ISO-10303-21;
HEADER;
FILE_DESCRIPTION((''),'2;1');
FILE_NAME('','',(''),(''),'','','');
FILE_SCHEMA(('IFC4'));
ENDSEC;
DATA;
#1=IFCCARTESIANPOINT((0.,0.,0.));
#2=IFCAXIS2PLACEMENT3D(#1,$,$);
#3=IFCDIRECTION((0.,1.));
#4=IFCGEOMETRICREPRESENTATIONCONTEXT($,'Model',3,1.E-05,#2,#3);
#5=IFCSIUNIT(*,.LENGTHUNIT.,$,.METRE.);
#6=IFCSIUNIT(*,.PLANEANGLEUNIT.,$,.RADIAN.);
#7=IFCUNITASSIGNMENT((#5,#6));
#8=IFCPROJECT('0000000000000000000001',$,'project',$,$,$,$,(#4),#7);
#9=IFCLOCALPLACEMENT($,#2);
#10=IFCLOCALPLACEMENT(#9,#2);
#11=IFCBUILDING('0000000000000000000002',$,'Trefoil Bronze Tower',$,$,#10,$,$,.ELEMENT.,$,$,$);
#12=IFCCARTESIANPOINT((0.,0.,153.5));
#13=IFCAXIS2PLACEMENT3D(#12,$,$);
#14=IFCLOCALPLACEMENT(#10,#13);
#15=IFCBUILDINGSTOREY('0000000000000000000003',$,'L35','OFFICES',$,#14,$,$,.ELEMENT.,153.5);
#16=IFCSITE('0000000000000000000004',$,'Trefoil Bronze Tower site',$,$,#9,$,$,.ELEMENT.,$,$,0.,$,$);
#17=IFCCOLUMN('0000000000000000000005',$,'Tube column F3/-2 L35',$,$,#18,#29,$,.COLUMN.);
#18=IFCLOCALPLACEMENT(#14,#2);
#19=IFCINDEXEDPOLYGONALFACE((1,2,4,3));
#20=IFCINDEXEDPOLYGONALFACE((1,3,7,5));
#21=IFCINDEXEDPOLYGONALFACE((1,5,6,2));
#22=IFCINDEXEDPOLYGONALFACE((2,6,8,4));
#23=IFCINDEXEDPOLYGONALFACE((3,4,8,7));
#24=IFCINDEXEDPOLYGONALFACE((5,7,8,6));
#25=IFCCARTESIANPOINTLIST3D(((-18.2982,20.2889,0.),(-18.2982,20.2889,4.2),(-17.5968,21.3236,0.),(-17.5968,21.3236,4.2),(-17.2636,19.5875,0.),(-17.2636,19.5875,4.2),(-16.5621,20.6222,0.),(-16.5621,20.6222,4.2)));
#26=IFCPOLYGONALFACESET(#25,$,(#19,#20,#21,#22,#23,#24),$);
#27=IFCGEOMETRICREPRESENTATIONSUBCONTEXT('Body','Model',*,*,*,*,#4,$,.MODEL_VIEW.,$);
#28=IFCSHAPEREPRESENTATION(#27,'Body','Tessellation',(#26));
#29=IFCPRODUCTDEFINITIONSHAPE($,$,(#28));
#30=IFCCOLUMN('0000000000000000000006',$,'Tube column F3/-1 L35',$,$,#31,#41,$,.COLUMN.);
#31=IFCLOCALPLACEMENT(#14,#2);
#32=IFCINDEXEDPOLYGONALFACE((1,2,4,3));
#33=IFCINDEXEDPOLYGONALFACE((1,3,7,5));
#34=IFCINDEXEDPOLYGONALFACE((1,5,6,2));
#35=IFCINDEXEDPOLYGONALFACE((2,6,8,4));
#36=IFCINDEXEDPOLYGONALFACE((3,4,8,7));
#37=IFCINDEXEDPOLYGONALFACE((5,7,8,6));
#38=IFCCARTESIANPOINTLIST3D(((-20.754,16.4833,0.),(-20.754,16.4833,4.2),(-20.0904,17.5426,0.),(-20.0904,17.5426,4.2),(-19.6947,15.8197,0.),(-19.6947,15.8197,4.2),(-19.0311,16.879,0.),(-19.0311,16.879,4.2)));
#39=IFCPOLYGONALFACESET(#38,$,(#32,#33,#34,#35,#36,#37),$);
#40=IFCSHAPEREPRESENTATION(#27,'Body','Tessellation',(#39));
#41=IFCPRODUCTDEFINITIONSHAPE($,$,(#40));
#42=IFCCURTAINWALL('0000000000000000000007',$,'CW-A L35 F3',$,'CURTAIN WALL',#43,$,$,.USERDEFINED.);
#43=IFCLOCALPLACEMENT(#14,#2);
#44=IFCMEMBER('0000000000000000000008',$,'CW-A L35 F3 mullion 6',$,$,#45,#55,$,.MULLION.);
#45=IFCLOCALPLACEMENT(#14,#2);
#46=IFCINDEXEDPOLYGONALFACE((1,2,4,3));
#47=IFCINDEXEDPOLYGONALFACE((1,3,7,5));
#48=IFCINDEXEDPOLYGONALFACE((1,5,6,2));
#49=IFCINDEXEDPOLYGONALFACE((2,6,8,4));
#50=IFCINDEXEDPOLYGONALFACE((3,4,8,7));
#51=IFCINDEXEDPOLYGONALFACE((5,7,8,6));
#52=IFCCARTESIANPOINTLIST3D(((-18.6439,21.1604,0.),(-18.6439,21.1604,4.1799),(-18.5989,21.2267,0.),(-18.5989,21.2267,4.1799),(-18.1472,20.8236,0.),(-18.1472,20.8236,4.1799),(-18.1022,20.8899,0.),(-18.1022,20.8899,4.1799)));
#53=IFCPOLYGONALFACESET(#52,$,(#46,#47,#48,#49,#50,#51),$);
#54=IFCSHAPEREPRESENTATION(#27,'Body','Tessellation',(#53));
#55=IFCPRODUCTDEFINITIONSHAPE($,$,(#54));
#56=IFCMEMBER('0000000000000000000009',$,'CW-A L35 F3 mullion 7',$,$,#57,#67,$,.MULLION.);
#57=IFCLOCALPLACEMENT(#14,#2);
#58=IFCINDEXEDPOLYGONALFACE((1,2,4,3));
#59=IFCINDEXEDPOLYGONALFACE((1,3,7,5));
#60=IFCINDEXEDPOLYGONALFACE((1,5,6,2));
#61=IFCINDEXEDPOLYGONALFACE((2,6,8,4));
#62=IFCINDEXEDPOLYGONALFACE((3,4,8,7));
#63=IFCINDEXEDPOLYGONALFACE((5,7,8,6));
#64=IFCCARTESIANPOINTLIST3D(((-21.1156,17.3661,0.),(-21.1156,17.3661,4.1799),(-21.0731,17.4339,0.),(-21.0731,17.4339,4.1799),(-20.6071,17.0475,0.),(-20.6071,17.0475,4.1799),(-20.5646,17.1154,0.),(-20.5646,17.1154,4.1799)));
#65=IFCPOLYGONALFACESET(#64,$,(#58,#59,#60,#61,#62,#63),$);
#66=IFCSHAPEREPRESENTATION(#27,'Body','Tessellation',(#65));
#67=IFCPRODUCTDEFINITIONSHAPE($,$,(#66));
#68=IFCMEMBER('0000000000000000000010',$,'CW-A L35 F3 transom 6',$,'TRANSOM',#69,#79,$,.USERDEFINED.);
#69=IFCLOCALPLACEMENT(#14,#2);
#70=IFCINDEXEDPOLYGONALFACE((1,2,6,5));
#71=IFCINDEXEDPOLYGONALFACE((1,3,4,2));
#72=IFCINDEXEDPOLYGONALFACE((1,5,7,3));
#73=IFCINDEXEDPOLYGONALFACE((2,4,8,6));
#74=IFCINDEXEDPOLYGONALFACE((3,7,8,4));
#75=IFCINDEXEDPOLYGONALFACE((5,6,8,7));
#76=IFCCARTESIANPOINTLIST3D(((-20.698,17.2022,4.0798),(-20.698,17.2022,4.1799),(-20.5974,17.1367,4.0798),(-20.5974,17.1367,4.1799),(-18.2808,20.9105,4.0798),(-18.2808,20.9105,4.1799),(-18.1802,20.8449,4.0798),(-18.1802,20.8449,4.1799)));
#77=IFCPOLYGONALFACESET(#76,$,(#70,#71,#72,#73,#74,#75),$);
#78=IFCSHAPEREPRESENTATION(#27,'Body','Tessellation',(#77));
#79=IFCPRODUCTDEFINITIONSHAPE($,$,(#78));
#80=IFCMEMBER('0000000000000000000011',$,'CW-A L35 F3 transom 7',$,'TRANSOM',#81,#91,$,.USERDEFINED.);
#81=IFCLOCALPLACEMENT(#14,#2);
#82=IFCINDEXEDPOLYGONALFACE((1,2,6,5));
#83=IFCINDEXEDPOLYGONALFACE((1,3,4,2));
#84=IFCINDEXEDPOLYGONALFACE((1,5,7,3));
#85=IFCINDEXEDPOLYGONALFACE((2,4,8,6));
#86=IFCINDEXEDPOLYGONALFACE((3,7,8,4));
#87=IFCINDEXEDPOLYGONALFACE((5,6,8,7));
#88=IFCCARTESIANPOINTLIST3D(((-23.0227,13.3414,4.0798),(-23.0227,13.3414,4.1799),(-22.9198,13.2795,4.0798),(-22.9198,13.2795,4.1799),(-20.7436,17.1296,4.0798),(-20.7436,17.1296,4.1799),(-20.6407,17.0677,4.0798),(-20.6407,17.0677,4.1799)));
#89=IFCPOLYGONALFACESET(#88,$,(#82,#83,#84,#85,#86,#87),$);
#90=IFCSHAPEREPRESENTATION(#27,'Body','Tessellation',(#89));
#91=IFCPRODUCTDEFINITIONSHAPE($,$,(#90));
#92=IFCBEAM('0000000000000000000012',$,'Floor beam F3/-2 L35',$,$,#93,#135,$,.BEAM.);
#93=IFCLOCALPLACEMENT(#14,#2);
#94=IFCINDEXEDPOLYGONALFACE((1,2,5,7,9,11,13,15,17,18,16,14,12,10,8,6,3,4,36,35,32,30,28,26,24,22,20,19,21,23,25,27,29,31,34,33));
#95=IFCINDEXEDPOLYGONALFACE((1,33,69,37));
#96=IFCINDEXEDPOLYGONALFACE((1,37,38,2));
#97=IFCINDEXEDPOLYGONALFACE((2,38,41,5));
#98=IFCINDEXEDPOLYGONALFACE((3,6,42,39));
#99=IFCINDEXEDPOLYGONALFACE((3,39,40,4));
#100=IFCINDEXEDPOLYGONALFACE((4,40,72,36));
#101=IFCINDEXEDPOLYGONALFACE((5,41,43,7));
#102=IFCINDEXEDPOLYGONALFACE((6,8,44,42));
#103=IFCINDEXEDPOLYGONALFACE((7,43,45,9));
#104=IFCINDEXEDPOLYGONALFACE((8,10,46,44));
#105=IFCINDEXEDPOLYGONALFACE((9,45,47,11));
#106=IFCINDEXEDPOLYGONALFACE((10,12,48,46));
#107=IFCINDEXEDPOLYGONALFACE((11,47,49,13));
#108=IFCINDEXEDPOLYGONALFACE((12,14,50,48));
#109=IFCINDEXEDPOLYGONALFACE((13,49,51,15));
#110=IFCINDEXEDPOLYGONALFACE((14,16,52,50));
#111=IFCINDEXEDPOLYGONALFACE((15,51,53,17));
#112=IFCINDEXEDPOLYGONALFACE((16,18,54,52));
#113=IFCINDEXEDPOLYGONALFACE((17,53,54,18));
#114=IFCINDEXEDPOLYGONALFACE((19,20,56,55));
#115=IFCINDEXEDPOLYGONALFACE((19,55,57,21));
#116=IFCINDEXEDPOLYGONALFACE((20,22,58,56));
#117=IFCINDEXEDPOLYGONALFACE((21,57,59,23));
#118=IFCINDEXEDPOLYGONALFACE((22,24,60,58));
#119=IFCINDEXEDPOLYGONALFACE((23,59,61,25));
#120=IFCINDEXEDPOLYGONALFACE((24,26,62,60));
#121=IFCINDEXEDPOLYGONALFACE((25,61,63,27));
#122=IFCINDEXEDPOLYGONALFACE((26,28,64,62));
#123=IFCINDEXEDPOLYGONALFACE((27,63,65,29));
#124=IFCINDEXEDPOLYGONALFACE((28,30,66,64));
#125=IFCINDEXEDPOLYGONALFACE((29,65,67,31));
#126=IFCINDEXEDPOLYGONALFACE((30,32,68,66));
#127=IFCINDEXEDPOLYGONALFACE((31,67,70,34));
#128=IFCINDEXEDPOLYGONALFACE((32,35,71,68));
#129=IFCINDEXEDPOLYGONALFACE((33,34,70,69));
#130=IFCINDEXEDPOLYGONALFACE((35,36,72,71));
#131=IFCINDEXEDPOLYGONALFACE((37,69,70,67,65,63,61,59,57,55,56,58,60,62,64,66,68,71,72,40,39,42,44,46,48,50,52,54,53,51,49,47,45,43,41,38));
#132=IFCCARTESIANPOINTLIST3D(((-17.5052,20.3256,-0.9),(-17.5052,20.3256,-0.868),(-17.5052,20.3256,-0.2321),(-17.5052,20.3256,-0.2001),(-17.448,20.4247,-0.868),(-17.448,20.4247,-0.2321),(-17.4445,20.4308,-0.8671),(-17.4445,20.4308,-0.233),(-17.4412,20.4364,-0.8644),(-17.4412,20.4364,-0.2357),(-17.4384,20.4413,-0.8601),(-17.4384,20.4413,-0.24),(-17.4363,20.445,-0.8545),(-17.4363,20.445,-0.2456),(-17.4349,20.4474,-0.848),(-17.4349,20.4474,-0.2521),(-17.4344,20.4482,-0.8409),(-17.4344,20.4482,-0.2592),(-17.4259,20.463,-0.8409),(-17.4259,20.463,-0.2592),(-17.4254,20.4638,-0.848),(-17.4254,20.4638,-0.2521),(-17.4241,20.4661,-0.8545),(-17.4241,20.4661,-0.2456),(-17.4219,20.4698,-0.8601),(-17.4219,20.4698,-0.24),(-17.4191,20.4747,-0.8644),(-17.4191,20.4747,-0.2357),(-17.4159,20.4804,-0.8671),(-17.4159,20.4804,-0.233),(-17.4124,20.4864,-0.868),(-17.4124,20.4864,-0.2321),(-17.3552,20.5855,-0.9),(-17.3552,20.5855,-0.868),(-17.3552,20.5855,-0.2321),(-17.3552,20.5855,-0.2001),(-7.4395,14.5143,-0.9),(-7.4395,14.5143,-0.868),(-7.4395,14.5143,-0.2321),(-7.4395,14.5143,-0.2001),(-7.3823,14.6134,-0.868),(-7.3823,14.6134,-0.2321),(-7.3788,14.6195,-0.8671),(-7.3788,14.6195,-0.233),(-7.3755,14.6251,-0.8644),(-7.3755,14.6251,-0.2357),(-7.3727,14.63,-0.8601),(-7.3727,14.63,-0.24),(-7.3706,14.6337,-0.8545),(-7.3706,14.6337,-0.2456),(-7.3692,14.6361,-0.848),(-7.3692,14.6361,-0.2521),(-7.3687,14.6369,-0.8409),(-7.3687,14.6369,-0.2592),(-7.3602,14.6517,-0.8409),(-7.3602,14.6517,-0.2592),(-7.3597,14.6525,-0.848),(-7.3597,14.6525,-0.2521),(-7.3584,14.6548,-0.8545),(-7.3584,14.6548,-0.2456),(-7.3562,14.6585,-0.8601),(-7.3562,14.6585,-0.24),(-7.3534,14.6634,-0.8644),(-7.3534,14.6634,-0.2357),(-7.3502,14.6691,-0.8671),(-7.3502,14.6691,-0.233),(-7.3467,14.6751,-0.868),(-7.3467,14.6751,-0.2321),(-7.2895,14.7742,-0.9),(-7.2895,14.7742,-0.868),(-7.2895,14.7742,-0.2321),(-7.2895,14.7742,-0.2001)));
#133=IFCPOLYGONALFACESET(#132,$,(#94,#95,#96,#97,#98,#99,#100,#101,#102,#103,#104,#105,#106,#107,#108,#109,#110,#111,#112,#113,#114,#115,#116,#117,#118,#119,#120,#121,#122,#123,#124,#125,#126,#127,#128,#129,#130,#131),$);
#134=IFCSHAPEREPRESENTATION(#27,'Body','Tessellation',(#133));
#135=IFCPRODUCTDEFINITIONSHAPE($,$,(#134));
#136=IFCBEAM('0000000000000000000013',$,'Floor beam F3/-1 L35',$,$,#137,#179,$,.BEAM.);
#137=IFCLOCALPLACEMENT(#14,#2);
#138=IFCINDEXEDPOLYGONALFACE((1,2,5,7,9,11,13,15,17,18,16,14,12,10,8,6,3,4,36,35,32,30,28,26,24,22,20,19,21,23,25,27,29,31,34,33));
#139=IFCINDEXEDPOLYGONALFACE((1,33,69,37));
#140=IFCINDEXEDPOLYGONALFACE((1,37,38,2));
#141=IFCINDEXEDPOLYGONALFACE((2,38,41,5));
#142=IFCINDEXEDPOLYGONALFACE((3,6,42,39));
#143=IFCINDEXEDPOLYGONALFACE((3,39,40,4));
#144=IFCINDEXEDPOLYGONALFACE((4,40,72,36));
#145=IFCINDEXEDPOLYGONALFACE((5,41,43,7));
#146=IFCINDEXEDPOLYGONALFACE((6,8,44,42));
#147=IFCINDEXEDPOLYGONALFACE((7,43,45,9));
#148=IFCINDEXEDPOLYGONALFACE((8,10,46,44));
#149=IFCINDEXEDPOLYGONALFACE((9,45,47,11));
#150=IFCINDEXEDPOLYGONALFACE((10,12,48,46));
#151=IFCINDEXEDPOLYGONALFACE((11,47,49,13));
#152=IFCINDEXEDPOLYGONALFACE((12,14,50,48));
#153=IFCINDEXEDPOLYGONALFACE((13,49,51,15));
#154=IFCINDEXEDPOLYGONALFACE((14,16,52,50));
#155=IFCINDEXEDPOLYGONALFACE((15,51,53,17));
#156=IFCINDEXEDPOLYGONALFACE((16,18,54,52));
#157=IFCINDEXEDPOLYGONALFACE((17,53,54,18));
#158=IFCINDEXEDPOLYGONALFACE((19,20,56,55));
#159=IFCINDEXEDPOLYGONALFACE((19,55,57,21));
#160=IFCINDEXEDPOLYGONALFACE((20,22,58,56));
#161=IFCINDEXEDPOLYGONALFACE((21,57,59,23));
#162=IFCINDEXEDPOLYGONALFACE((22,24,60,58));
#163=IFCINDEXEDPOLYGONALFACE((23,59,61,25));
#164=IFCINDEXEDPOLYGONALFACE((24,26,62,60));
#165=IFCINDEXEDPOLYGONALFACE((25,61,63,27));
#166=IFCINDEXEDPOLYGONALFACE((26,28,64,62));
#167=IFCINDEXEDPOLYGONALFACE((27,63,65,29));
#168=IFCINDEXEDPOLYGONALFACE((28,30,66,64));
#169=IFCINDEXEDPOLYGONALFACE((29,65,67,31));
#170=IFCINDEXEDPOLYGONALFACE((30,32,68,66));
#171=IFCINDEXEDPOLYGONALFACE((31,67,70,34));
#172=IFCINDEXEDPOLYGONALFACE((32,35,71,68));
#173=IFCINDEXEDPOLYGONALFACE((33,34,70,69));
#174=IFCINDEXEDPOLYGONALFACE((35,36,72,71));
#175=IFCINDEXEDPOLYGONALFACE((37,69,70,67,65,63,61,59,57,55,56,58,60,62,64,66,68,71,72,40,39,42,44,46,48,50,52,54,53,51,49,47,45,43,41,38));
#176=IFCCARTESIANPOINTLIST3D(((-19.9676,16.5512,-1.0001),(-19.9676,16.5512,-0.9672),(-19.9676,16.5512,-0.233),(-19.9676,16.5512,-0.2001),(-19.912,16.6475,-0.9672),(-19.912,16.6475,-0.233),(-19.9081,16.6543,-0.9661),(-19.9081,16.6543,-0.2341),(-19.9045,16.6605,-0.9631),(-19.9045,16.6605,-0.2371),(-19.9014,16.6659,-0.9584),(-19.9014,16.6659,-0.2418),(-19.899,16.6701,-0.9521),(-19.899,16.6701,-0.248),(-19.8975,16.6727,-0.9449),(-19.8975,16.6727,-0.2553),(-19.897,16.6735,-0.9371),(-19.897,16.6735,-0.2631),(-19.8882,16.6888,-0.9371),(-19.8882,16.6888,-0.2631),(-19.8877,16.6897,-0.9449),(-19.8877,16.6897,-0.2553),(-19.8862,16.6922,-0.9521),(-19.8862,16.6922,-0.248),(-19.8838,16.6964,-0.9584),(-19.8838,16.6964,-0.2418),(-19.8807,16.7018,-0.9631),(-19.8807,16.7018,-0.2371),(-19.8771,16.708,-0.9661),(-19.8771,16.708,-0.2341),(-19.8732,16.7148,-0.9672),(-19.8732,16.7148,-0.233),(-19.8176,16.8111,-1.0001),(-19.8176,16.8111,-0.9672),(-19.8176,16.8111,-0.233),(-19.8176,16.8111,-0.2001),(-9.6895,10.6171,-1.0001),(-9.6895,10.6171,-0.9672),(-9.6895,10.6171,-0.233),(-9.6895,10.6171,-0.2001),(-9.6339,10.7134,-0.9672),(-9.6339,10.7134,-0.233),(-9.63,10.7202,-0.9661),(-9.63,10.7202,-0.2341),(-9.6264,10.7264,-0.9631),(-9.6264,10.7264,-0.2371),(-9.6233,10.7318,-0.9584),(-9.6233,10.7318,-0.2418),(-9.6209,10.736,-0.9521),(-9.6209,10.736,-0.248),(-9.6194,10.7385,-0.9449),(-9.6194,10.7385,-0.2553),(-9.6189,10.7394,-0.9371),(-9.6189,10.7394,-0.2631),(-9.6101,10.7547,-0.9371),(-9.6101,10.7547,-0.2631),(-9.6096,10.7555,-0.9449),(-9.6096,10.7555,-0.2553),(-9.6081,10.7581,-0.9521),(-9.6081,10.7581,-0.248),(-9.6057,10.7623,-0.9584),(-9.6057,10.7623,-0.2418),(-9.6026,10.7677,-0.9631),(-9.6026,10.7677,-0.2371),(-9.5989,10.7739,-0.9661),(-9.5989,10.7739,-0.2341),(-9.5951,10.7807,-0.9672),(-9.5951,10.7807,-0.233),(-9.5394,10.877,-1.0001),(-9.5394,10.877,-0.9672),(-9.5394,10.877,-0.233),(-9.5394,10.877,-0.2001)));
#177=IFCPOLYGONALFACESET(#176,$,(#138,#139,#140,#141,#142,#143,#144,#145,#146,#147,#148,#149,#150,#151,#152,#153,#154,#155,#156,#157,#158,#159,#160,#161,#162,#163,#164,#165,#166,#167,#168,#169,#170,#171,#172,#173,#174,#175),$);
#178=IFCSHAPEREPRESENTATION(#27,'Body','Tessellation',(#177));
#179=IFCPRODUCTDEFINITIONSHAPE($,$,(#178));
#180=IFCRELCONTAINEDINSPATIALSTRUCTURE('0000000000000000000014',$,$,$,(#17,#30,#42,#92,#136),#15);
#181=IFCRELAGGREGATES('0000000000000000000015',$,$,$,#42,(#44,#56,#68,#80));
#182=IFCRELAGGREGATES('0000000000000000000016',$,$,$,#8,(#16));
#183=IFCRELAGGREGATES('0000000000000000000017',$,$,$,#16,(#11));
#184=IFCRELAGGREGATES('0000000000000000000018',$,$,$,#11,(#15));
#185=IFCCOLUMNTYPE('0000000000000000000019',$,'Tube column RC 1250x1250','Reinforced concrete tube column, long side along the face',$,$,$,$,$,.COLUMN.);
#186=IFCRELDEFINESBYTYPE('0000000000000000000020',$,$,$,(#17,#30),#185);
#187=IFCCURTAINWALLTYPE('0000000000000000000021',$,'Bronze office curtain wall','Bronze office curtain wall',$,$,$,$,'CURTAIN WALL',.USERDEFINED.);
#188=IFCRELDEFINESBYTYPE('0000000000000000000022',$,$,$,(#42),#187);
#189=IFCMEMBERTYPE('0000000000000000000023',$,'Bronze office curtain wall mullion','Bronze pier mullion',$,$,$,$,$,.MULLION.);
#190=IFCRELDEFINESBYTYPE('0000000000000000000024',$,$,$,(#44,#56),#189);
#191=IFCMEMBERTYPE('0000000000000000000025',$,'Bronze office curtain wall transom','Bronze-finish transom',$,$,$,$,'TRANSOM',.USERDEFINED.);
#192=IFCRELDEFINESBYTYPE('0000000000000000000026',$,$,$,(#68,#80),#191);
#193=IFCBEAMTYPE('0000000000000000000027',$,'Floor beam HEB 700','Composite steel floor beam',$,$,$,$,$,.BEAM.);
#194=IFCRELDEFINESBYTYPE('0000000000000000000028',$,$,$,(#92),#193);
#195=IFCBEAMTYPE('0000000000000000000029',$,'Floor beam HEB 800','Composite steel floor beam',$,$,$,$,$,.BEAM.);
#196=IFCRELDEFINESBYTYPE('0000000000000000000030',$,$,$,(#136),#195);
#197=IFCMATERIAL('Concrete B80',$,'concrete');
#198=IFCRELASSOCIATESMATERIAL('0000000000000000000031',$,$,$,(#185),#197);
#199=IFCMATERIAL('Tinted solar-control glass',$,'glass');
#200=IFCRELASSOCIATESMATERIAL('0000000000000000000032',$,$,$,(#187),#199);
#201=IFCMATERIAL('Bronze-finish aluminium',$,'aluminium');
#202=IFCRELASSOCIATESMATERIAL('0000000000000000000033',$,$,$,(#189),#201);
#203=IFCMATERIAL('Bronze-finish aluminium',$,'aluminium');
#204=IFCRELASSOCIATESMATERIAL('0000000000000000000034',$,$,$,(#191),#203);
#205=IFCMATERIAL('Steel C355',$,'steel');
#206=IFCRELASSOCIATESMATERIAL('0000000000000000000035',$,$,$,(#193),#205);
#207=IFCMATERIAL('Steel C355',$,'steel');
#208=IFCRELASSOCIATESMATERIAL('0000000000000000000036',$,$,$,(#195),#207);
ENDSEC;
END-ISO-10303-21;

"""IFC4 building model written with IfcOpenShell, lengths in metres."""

from ifc_helpers import new_model, si_unit, direction, frame, origin, origin_2d, place, context, subcontext, project, spatial, rectangle, i_section, extrude, material, material_profile, profile_set, type_object, element, aggregate, save


model = new_model("IFC4")

# Units and contexts
model_context = context("Model", 3, precision=1e-05, world=origin(), true_north=direction((0.0, 1.0)))
body_context = subcontext(model_context, "Body", "Model", "MODEL_VIEW")
ifc_project = project(units=[si_unit("LENGTHUNIT", "METRE"), si_unit("PLANEANGLEUNIT", "RADIAN")], contexts=[model_context])

# Site, building, storey
site_placement = place(None, origin())
site = spatial("IfcSite", under=ifc_project, at=site_placement, Name="Trefoil Bronze Tower site", CompositionType="ELEMENT", RefElevation=0.0)
building_placement = place(site_placement, origin())
building = spatial("IfcBuilding", under=site, at=building_placement, Name="Trefoil Bronze Tower", CompositionType="ELEMENT")
storey_placement = place(building_placement, frame((0.0, 0.0, 153.5)))
storey = spatial("IfcBuildingStorey", under=building, at=storey_placement, Name="L35", Description="OFFICES", CompositionType="ELEMENT", Elevation=153.5)

# Columns
ifc_material_1 = material(Name="Concrete B80", Category="concrete")
ifc_material_profile_1 = material_profile(ifc_material_1, rectangle(XDim=1.25, YDim=1.25, at=origin_2d()), Name="RC 1250x1250")
ifc_profile_set_1 = profile_set([ifc_material_profile_1], Name="Concrete B80")
column_type = type_object("IfcColumnType", Name="Tube column RC 1250x1250", Description="Reinforced concrete tube column, long side along the face", PredefinedType="COLUMN", material=ifc_profile_set_1)
for number, where, z_axis, x_axis, name in (
    (1, (-17.4302, 20.4556, 0.0), (0.0, 0.0, 1.0), (-0.561136, -0.827724, 0.0), "Tube column F3/-2 L35"),
    (2, (-19.8926, 16.6812, 0.0), (0.0, 0.0, 1.0), (-0.530893, -0.847439, 0.0), "Tube column F3/-1 L35"),
):
    element("IfcColumn", number, at=place(storey_placement, frame(where, z_axis=z_axis, x_axis=x_axis)), inside=storey, type_object=column_type, Name=name, PredefinedType="COLUMN", context=body_context, shape_type="SweptSolid", body=[
        extrude(rectangle(XDim=1.25, YDim=1.25, at=origin_2d()), origin(), (0.0, 0.0, 1.0), 4.2),
    ])

# Curtain wall, members
ifc_material_2 = material(Name="Tinted solar-control glass", Category="glass")
curtain_wall_type = type_object("IfcCurtainWallType", Name="Bronze office curtain wall", Description="Bronze office curtain wall", ElementType="CURTAIN WALL", PredefinedType="USERDEFINED", material=ifc_material_2)
curtain_wall_placement = place(storey_placement, origin())
curtain_wall = element("IfcCurtainWall", 3, at=curtain_wall_placement, inside=storey, type_object=curtain_wall_type, Name="CW-A L35 F3", ObjectType="CURTAIN WALL", PredefinedType="USERDEFINED")
ifc_material_3 = material(Name="Bronze-finish aluminium", Category="aluminium")
ifc_material_profile_2 = material_profile(ifc_material_3, rectangle(XDim=0.6001, YDim=0.0801, at=origin_2d()), Name="CW-A mullion")
ifc_profile_set_2 = profile_set([ifc_material_profile_2], Name="Bronze-finish aluminium")
member_type_1 = type_object("IfcMemberType", Name="Bronze office curtain wall mullion", Description="Bronze pier mullion", PredefinedType="MULLION", material=ifc_profile_set_2)
member_1_placement = place(storey_placement, frame((-18.373, 21.0251, 0.0), z_axis=(0.0, 0.0, 1.0), x_axis=(0.827724, -0.561136, 0.0)))
member_1 = element("IfcMember", 4, at=member_1_placement, type_object=member_type_1, Name="CW-A L35 F3 mullion 6", PredefinedType="MULLION", context=body_context, shape_type="SweptSolid", body=[
    extrude(rectangle(XDim=0.6001, YDim=0.0801, at=origin_2d()), origin(), (0.0, 0.0, 1.0), 4.1799),
])
member_2_placement = place(storey_placement, frame((-20.8401, 17.2407, 0.0), z_axis=(0.0, 0.0, 1.0), x_axis=(0.847439, -0.530893, 0.0)))
member_2 = element("IfcMember", 5, at=member_2_placement, type_object=member_type_1, Name="CW-A L35 F3 mullion 7", PredefinedType="MULLION", context=body_context, shape_type="SweptSolid", body=[
    extrude(rectangle(XDim=0.6001, YDim=0.0801, at=origin_2d()), origin(), (0.0, 0.0, 1.0), 4.1799),
])
ifc_material_4 = material(Name="Bronze-finish aluminium", Category="aluminium")
ifc_material_profile_3 = material_profile(ifc_material_4, rectangle(XDim=0.1201, YDim=0.1001, at=origin_2d()), Name="CW-A transom")
ifc_profile_set_3 = profile_set([ifc_material_profile_3], Name="Bronze-finish aluminium")
member_type_2 = type_object("IfcMemberType", Name="Bronze office curtain wall transom", Description="Bronze-finish transom", ElementType="TRANSOM", PredefinedType="USERDEFINED", material=ifc_profile_set_3)
member_3_placement = place(storey_placement, frame((-18.2305, 20.8777, 4.1299), z_axis=(-0.546079, -0.837733, 0.0), x_axis=(0.837733, -0.546079, 0.0)))
member_3 = element("IfcMember", 6, at=member_3_placement, type_object=member_type_2, Name="CW-A L35 F3 transom 6", ObjectType="TRANSOM", PredefinedType="USERDEFINED", context=body_context, shape_type="SweptSolid", body=[
    extrude(rectangle(XDim=0.1201, YDim=0.1001, at=origin_2d()), origin(), (0.0, 0.0, 1.0), 4.4265),
])
member_4_placement = place(storey_placement, frame((-20.6921, 17.0986, 4.1299), z_axis=(-0.515527, -0.856873, 0.0), x_axis=(0.856873, -0.515527, 0.0)))
member_4 = element("IfcMember", 7, at=member_4_placement, type_object=member_type_2, Name="CW-A L35 F3 transom 7", ObjectType="TRANSOM", PredefinedType="USERDEFINED", context=body_context, shape_type="SweptSolid", body=[
    extrude(rectangle(XDim=0.1201, YDim=0.1001, at=origin_2d()), origin(), (0.0, 0.0, 1.0), 4.4209),
])

# Beams
ifc_material_5 = material(Name="Steel C355", Category="steel")
ifc_material_profile_4 = material_profile(ifc_material_5, i_section(OverallWidth=0.3, OverallDepth=0.7, WebThickness=0.0171, FlangeThickness=0.032, FilletRadius=0.0271, at=origin_2d()), Name="HEB 700")
ifc_profile_set_4 = profile_set([ifc_material_profile_4], Name="Steel C355")
beam_type_1 = type_object("IfcBeamType", Name="Floor beam HEB 700", Description="Composite steel floor beam", PredefinedType="BEAM", material=ifc_profile_set_4)
beam_1_placement = place(storey_placement, frame((-17.4302, 20.4556, -0.55), z_axis=(0.866031, -0.499991, 0.0), x_axis=(0.499991, 0.866031, 0.0)))
element("IfcBeam", 8, at=beam_1_placement, inside=storey, type_object=beam_type_1, Name="Floor beam F3/-2 L35", PredefinedType="BEAM", context=body_context, shape_type="SweptSolid", body=[
    extrude(i_section(OverallWidth=0.3, OverallDepth=0.7, WebThickness=0.0171, FlangeThickness=0.032, FilletRadius=0.0271, at=origin_2d()), origin(), (0.0, 0.0, 1.0), 11.6228),
])
ifc_material_6 = material(Name="Steel C355", Category="steel")
ifc_material_profile_5 = material_profile(ifc_material_6, i_section(OverallWidth=0.3, OverallDepth=0.8, WebThickness=0.0176, FlangeThickness=0.033, FilletRadius=0.03, at=origin_2d()), Name="HEB 800")
ifc_profile_set_5 = profile_set([ifc_material_profile_5], Name="Steel C355")
beam_type_2 = type_object("IfcBeamType", Name="Floor beam HEB 800", Description="Composite steel floor beam", PredefinedType="BEAM", material=ifc_profile_set_5)
beam_2_placement = place(storey_placement, frame((-19.8926, 16.6812, -0.6001), z_axis=(0.866024, -0.500002, 0.0), x_axis=(0.500002, 0.866024, 0.0)))
element("IfcBeam", 9, at=beam_2_placement, inside=storey, type_object=beam_type_2, Name="Floor beam F3/-1 L35", PredefinedType="BEAM", context=body_context, shape_type="SweptSolid", body=[
    extrude(i_section(OverallWidth=0.3, OverallDepth=0.8, WebThickness=0.0176, FlangeThickness=0.033, FilletRadius=0.03, at=origin_2d()), origin(), (0.0, 0.0, 1.0), 11.8682),
])

aggregate(curtain_wall, [member_1, member_2, member_3, member_4])

save(model, "model.ifc")
